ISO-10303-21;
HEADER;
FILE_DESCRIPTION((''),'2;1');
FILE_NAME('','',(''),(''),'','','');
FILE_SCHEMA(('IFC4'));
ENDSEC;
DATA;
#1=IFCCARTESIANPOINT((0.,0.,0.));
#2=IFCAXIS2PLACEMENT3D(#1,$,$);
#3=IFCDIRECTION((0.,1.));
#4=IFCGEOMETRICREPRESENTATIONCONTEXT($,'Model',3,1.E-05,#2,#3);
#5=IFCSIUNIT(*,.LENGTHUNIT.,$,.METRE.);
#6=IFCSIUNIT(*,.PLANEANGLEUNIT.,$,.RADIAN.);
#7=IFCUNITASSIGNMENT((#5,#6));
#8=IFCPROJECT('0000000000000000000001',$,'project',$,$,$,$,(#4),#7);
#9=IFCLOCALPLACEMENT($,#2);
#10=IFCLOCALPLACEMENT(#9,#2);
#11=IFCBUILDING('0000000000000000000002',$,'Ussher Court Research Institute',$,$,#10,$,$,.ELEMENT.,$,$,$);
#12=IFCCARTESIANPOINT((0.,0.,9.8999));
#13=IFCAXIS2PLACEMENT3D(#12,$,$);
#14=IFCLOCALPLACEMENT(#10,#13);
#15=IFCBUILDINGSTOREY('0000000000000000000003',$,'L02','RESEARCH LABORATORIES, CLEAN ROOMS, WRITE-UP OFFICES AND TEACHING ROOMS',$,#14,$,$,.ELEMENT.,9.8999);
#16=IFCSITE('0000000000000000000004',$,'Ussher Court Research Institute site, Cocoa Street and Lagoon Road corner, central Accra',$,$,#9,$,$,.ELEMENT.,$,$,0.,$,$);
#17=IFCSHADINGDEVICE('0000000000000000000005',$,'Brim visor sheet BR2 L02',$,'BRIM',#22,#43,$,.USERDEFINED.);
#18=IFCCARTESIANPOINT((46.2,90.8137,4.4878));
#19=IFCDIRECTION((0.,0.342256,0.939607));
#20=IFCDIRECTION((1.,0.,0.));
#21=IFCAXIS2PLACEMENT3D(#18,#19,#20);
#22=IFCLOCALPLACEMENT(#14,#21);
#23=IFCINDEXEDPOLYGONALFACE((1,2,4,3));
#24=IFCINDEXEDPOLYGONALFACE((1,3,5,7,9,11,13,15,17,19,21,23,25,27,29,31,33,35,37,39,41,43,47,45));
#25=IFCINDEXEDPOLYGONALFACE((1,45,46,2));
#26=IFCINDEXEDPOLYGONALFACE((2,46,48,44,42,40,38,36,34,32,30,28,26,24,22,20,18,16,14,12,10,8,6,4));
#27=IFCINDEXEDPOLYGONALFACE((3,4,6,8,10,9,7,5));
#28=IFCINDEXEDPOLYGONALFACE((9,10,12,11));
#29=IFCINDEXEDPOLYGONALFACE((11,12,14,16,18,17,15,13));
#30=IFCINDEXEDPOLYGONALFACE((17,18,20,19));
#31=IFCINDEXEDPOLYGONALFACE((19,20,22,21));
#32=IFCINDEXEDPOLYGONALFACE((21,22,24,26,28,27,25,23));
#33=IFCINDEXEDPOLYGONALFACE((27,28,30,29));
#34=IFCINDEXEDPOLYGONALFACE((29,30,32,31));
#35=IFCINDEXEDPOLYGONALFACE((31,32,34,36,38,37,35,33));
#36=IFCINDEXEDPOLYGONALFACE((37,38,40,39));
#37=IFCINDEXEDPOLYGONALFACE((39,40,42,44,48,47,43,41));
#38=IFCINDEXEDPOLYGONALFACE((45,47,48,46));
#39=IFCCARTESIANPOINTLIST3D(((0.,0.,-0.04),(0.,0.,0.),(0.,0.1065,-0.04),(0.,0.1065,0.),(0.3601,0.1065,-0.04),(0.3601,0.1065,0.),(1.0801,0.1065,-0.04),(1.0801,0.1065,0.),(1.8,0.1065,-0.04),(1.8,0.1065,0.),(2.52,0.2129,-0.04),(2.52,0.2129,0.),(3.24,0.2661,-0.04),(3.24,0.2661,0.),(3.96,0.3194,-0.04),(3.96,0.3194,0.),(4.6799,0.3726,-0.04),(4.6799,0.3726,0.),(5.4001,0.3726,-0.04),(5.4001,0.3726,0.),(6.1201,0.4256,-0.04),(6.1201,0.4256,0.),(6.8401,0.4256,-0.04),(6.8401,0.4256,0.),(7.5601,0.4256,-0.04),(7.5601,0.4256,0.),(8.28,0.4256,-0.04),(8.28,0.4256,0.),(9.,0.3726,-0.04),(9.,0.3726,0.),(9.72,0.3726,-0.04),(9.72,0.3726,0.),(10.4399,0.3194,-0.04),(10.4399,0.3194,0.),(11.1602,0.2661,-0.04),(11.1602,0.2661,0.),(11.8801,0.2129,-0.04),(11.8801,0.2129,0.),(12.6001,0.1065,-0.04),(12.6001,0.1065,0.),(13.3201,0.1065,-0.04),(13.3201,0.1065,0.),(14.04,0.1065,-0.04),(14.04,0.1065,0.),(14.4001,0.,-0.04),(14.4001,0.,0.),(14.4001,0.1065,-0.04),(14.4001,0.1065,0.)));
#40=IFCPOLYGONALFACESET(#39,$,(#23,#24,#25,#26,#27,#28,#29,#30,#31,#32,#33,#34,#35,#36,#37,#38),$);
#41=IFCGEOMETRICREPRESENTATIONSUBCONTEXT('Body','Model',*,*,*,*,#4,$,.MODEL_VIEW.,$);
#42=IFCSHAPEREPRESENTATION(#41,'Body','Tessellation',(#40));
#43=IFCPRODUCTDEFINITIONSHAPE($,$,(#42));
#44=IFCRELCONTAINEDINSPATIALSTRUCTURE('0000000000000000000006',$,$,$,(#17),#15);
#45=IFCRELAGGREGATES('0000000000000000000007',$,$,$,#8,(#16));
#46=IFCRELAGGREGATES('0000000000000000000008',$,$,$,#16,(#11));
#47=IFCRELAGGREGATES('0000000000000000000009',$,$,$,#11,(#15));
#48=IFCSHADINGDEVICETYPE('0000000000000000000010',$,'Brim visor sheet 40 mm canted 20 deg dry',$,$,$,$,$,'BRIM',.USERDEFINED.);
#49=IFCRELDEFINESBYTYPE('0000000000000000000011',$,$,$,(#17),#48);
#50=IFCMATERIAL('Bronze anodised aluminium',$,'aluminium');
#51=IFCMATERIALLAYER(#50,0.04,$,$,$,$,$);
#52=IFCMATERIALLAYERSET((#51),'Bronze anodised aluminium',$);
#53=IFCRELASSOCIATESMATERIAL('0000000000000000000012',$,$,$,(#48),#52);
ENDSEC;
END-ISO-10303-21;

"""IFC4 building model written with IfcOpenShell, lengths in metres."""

from ifc_helpers import new_model, si_unit, direction, frame, origin, place, context, subcontext, project, spatial, polyline, outline, extrude, material, layer, layer_set, type_object, element, save


model = new_model("IFC4")

# Units and contexts
model_context = context("Model", 3, precision=1e-05, world=origin(), true_north=direction((0.0, 1.0)))
body_context = subcontext(model_context, "Body", "Model", "MODEL_VIEW")
ifc_project = project(units=[si_unit("LENGTHUNIT", "METRE"), si_unit("PLANEANGLEUNIT", "RADIAN")], contexts=[model_context])

# Site, building, storey
site_placement = place(None, origin())
site = spatial("IfcSite", under=ifc_project, at=site_placement, Name="Ussher Court Research Institute site, Cocoa Street and Lagoon Road corner, central Accra", CompositionType="ELEMENT", RefElevation=0.0)
building_placement = place(site_placement, origin())
building = spatial("IfcBuilding", under=site, at=building_placement, Name="Ussher Court Research Institute", CompositionType="ELEMENT")
storey_placement = place(building_placement, frame((0.0, 0.0, 9.8999)))
storey = spatial("IfcBuildingStorey", under=building, at=storey_placement, Name="L02", Description="RESEARCH LABORATORIES, CLEAN ROOMS, WRITE-UP OFFICES AND TEACHING ROOMS", CompositionType="ELEMENT", Elevation=9.8999)

# Shading device
ifc_material_1 = material(Name="Bronze anodised aluminium", Category="aluminium")
ifc_layer_1 = layer(ifc_material_1, 0.04)
ifc_layer_set_1 = layer_set([ifc_layer_1], Name="Bronze anodised aluminium")
shading_device_type_1 = type_object("IfcShadingDeviceType", Name="Brim visor sheet 40 mm canted 20 deg dry", ElementType="BRIM", PredefinedType="USERDEFINED", material=ifc_layer_set_1)
shading_device_placement = place(storey_placement, frame((46.2, 90.8137, 4.4878), z_axis=(0.0, 0.342256, 0.939607), x_axis=(1.0, 0.0, 0.0)))
element("IfcShadingDevice", 1, at=shading_device_placement, inside=storey, type_object=shading_device_type_1, Name="Brim visor sheet BR2 L02", ObjectType="BRIM", PredefinedType="USERDEFINED", context=body_context, shape_type="SweptSolid", body=[
    extrude(outline(polyline([(0.0, 0.0), (14.4001, 0.0), (14.4001, 0.1065), (14.04, 0.1065), (13.3201, 0.1065), (12.6001, 0.1065), (11.8801, 0.2129), (11.1602, 0.2661), (10.4399, 0.3194), (9.72, 0.3726), (9.0, 0.3726), (8.28, 0.4256), (7.5601, 0.4256), (6.8401, 0.4256), (6.1201, 0.4256), (5.4001, 0.3726), (4.6799, 0.3726), (3.96, 0.3194), (3.24, 0.2661), (2.52, 0.2129), (1.8, 0.1065), (1.0801, 0.1065), (0.3601, 0.1065), (0.0, 0.1065), (0.0, 0.0)])), origin(), (0.0, 0.0, -1.0), 0.04),
])

save(model, "model.ifc")
